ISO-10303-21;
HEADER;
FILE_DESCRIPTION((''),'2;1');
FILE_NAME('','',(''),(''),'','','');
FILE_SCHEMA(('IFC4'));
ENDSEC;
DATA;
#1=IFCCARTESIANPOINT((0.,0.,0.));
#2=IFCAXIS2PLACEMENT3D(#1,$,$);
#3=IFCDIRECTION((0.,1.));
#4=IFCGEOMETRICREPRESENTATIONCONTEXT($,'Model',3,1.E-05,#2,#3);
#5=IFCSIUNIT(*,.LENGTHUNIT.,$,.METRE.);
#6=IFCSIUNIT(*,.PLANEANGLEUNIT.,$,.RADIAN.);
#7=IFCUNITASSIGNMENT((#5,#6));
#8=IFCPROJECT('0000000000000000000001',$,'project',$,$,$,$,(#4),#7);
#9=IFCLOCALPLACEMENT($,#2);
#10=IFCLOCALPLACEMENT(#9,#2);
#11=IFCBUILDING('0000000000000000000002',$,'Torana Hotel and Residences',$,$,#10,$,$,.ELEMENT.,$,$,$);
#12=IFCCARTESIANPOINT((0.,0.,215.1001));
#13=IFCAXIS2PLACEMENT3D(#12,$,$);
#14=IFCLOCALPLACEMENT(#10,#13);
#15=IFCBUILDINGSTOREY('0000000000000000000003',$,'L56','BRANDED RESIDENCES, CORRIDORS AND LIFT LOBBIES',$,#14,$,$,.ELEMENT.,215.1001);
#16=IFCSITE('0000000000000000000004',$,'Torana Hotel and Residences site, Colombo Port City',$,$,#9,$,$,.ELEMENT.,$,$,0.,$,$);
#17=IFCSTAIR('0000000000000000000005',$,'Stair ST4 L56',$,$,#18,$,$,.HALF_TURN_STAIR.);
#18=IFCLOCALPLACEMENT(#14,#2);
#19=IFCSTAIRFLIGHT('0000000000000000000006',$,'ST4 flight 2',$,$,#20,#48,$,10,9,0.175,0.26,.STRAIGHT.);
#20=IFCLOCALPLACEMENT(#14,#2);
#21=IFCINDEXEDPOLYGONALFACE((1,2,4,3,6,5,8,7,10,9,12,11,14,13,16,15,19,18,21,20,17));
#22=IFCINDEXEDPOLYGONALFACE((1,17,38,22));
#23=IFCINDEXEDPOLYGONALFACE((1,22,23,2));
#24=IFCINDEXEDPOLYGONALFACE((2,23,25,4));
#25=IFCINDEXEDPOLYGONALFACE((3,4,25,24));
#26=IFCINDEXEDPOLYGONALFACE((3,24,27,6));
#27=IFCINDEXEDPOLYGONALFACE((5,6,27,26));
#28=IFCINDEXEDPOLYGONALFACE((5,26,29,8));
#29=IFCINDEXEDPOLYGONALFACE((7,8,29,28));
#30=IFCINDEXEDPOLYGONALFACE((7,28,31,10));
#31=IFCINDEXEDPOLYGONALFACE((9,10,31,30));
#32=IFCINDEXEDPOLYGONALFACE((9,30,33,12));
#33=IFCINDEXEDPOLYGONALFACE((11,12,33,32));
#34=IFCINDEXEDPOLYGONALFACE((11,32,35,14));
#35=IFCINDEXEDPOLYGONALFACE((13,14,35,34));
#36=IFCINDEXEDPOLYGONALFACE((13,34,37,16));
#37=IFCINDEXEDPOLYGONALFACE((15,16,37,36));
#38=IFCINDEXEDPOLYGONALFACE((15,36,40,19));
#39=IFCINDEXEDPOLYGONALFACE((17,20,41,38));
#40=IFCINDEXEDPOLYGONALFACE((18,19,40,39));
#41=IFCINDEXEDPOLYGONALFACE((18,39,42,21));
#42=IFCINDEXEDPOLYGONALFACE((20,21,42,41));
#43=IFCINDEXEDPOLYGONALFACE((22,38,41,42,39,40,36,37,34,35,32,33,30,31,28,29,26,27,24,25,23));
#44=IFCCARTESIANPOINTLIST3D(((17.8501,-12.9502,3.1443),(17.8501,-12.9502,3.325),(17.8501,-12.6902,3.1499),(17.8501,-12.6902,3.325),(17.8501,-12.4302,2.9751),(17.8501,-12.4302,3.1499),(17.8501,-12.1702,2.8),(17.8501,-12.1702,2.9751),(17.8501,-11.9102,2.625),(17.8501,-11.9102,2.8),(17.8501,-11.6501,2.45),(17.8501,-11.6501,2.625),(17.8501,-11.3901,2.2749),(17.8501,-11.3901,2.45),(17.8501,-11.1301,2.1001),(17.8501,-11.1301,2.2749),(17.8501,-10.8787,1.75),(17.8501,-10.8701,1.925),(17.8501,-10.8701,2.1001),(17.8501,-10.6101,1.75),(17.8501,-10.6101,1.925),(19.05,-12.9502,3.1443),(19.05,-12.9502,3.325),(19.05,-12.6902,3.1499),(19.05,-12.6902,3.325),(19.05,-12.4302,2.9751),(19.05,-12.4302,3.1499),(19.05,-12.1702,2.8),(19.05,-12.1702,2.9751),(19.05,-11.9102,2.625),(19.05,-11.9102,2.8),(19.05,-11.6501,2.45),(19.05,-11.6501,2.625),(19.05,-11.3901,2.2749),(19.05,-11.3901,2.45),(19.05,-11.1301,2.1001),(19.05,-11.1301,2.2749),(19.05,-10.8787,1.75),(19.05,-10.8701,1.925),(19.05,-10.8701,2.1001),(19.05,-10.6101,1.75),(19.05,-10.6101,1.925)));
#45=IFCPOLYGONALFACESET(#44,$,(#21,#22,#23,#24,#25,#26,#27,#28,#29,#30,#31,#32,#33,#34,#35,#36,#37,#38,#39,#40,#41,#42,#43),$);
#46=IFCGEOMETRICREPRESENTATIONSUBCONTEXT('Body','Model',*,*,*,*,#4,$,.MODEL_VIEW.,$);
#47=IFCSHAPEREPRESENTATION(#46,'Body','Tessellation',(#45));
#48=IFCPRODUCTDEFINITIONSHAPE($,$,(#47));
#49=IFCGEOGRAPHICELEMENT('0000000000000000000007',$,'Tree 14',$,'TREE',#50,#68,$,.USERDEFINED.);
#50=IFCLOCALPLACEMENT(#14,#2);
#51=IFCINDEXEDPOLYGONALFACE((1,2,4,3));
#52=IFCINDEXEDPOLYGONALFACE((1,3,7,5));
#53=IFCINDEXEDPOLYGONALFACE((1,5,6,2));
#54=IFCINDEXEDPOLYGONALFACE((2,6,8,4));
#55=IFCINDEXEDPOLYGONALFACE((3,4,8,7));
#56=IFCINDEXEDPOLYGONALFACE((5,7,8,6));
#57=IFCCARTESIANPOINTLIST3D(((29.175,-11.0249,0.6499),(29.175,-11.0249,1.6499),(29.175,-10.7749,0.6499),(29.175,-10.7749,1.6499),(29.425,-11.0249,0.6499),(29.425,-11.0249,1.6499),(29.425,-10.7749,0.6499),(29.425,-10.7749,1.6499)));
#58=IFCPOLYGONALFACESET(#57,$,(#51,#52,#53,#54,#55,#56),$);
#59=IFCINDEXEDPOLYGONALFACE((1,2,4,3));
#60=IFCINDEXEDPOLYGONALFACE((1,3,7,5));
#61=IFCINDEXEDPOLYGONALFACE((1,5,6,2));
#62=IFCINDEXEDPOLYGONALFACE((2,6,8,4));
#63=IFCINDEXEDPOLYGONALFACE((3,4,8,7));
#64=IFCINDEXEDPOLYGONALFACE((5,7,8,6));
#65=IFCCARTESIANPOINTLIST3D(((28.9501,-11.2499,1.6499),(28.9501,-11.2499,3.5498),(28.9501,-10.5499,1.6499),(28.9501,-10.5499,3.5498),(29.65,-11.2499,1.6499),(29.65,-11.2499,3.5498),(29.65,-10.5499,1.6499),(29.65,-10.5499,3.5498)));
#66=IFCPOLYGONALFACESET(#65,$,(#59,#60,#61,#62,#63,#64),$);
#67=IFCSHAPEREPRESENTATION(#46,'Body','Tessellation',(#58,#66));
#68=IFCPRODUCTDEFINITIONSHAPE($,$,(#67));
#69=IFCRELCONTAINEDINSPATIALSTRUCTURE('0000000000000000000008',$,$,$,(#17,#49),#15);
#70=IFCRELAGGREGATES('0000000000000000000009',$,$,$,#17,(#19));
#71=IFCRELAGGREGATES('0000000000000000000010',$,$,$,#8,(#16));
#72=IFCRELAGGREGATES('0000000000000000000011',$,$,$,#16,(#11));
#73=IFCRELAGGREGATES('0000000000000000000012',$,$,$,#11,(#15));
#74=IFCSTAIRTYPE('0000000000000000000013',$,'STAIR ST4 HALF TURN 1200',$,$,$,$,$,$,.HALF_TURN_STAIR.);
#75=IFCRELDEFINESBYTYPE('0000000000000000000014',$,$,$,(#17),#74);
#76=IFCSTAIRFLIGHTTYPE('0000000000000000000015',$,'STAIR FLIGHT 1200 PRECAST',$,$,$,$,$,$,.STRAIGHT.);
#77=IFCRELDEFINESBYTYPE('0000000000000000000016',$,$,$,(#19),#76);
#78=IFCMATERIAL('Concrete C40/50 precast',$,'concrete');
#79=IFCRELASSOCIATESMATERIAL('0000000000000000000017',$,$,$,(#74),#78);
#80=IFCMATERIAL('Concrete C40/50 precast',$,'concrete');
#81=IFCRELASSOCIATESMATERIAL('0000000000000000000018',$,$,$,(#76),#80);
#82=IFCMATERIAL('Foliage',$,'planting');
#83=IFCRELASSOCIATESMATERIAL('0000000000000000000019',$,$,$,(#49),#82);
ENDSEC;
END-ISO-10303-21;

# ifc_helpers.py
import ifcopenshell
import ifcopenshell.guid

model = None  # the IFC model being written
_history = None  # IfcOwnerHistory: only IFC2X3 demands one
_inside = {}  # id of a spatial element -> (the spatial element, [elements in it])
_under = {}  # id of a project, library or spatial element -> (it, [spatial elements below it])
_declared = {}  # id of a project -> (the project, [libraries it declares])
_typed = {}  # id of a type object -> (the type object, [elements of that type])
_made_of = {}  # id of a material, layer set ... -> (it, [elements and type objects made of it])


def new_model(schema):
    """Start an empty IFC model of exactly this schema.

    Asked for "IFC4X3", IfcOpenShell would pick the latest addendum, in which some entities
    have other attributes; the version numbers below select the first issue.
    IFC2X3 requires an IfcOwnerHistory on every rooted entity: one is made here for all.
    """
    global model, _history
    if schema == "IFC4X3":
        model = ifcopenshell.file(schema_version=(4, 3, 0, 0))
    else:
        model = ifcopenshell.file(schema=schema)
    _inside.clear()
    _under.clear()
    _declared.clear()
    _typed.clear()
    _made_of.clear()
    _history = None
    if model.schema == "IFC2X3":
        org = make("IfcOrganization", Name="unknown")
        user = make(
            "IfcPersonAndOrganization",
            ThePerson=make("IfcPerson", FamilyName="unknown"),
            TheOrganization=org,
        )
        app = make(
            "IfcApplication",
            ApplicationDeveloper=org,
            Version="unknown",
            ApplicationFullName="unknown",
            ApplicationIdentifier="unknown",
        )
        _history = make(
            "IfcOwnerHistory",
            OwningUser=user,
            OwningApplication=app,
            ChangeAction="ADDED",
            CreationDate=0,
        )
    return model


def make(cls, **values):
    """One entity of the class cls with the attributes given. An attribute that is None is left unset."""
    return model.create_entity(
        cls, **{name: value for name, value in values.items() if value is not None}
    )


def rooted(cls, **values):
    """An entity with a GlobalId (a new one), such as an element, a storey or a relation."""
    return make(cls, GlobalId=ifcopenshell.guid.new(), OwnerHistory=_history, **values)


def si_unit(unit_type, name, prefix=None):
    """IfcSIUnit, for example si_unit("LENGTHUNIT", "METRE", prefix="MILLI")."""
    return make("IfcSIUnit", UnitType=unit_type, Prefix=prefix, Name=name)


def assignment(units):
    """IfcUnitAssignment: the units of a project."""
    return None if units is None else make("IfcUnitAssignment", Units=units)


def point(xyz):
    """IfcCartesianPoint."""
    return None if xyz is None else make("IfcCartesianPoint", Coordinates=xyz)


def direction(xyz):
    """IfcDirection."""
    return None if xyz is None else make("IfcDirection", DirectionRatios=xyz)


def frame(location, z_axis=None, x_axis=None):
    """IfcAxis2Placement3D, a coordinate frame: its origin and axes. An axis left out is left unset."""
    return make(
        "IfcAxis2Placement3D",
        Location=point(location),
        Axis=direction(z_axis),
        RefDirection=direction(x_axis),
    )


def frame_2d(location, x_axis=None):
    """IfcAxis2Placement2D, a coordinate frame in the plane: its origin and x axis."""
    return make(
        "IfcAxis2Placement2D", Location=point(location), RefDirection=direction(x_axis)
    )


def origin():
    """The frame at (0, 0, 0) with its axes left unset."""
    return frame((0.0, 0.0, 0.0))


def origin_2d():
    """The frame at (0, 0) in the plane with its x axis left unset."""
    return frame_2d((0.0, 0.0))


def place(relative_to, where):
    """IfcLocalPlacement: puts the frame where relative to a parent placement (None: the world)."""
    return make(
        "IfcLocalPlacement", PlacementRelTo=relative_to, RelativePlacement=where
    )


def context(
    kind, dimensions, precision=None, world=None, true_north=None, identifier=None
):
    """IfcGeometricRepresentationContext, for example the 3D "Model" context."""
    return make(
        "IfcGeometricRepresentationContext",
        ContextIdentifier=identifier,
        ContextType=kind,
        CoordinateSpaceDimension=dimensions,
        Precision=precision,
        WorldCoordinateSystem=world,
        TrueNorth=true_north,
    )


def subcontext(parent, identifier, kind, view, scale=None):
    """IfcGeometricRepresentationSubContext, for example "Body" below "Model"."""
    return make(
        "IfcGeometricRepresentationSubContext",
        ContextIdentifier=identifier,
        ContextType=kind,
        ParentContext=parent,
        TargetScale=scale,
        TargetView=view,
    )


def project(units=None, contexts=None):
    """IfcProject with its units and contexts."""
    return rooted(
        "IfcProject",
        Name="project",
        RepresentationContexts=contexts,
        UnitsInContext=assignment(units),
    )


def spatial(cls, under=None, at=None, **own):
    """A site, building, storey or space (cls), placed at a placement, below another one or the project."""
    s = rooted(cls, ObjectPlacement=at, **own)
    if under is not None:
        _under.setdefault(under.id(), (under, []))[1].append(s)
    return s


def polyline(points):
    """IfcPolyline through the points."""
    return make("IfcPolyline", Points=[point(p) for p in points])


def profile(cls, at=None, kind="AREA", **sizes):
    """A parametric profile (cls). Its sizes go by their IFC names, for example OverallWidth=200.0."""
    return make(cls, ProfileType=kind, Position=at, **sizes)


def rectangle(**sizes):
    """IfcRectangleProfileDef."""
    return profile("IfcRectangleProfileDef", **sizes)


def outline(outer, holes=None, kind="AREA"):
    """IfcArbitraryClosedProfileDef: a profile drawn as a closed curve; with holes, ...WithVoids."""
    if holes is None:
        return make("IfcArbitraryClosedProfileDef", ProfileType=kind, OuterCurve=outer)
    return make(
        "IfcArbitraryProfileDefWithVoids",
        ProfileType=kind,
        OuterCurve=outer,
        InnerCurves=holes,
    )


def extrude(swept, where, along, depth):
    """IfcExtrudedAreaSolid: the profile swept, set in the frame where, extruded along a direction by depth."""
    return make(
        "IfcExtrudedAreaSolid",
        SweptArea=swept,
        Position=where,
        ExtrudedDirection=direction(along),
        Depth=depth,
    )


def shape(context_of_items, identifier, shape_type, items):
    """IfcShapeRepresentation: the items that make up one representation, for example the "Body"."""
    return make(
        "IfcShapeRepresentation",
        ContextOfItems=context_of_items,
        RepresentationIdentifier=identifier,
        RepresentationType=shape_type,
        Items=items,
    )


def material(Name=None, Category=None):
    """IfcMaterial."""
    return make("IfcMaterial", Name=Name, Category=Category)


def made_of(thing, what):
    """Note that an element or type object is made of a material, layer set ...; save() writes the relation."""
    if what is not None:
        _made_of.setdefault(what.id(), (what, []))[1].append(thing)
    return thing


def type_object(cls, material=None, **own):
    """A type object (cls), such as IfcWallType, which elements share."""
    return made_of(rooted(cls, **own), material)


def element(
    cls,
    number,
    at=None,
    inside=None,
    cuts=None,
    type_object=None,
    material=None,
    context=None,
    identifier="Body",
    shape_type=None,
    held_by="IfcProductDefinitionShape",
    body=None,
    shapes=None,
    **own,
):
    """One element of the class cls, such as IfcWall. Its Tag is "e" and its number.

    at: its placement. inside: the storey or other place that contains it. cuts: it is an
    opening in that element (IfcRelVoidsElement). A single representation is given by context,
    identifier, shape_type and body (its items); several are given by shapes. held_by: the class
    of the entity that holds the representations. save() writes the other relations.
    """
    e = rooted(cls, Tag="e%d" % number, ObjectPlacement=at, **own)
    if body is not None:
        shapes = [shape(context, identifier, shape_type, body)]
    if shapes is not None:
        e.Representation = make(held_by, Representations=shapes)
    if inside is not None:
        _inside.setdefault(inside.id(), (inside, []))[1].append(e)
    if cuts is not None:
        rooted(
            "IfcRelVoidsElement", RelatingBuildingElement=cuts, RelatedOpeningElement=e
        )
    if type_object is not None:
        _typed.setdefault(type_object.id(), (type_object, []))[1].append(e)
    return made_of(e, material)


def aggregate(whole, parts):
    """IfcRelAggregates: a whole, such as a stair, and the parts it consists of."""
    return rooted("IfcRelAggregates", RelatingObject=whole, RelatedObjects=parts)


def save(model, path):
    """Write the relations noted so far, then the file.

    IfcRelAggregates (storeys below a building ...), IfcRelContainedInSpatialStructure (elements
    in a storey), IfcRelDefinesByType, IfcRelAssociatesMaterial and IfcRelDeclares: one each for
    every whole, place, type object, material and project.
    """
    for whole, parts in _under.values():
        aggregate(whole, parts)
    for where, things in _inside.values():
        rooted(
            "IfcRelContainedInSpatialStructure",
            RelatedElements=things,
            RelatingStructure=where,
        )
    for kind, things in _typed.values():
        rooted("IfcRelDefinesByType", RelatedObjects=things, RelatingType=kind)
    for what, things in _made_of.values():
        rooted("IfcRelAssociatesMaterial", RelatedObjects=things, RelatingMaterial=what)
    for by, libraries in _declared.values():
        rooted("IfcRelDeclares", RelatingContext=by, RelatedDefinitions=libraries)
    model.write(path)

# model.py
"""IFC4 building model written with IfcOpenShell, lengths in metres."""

from ifc_helpers import new_model, si_unit, direction, frame, origin, origin_2d, place, context, subcontext, project, spatial, polyline, rectangle, outline, extrude, material, type_object, element, aggregate, save


model = new_model("IFC4")

# Units and contexts
model_context = context("Model", 3, precision=1e-05, world=origin(), true_north=direction((0.0, 1.0)))
body_context = subcontext(model_context, "Body", "Model", "MODEL_VIEW")
ifc_project = project(units=[si_unit("LENGTHUNIT", "METRE"), si_unit("PLANEANGLEUNIT", "RADIAN")], contexts=[model_context])

# Site, building, storey
site_placement = place(None, origin())
site = spatial("IfcSite", under=ifc_project, at=site_placement, Name="Torana Hotel and Residences site, Colombo Port City", CompositionType="ELEMENT", RefElevation=0.0)
building_placement = place(site_placement, origin())
building = spatial("IfcBuilding", under=site, at=building_placement, Name="Torana Hotel and Residences", CompositionType="ELEMENT")
storey_placement = place(building_placement, frame((0.0, 0.0, 215.1001)))
storey = spatial("IfcBuildingStorey", under=building, at=storey_placement, Name="L56", Description="BRANDED RESIDENCES, CORRIDORS AND LIFT LOBBIES", CompositionType="ELEMENT", Elevation=215.1001)

# Stair, stair flight
ifc_material_1 = material(Name="Concrete C40/50 precast", Category="concrete")
stair_type = type_object("IfcStairType", Name="STAIR ST4 HALF TURN 1200", PredefinedType="HALF_TURN_STAIR", material=ifc_material_1)
stair_placement = place(storey_placement, origin())
stair = element("IfcStair", 1, at=stair_placement, inside=storey, type_object=stair_type, Name="Stair ST4 L56", PredefinedType="HALF_TURN_STAIR")
ifc_material_2 = material(Name="Concrete C40/50 precast", Category="concrete")
stair_flight_type = type_object("IfcStairFlightType", Name="STAIR FLIGHT 1200 PRECAST", PredefinedType="STRAIGHT", material=ifc_material_2)
stair_flight_placement = place(storey_placement, frame((18.45, -10.6101, 1.75), z_axis=(0.0, 0.0, 1.0), x_axis=(0.0, -1.0, 0.0)))
stair_flight = element("IfcStairFlight", 2, at=stair_flight_placement, type_object=stair_flight_type, Name="ST4 flight 2", NumberOfRisers=10, NumberOfTreads=9, PredefinedType="STRAIGHT", RiserHeight=0.175, TreadLength=0.26, context=body_context, shape_type="SweptSolid", body=[
    extrude(outline(polyline([(0.0, 0.0), (0.0, 0.175), (0.26, 0.175), (0.26, 0.3501), (0.52, 0.3501), (0.52, 0.5249), (0.78, 0.5249), (0.78, 0.7), (1.04, 0.7), (1.04, 0.875), (1.3, 0.875), (1.3, 1.05), (1.5601, 1.05), (1.5601, 1.2251), (1.8201, 1.2251), (1.8201, 1.3999), (2.0801, 1.3999), (2.0801, 1.575), (2.3401, 1.575), (2.3401, 1.75), (2.3401, 1.3943), (0.2686, 0.0), (0.0, 0.0)])), frame((0.0, 0.6001, 0.0), z_axis=(0.0, -1.0, 0.0), x_axis=(1.0, 0.0, 0.0)), (0.0, 0.0, 1.0), 1.2),
])
aggregate(stair, [stair_flight])

# Geographic element
ifc_material_3 = material(Name="Foliage", Category="planting")
geographic_element_placement = place(storey_placement, frame((29.3, -10.8999, 0.6499), z_axis=(0.0, 0.0, 1.0), x_axis=(1.0, 0.0, 0.0)))
element("IfcGeographicElement", 3, at=geographic_element_placement, inside=storey, material=ifc_material_3, Name="Tree 14", ObjectType="TREE", PredefinedType="USERDEFINED", context=body_context, shape_type="SweptSolid", body=[
    extrude(rectangle(XDim=0.25, YDim=0.25, at=origin_2d()), origin(), (0.0, 0.0, 1.0), 1.0),
    extrude(rectangle(XDim=0.7, YDim=0.7, at=origin_2d()), frame((0.0, 0.0, 1.0)), (0.0, 0.0, 1.0), 1.8999),
])

save(model, "model.ifc")
